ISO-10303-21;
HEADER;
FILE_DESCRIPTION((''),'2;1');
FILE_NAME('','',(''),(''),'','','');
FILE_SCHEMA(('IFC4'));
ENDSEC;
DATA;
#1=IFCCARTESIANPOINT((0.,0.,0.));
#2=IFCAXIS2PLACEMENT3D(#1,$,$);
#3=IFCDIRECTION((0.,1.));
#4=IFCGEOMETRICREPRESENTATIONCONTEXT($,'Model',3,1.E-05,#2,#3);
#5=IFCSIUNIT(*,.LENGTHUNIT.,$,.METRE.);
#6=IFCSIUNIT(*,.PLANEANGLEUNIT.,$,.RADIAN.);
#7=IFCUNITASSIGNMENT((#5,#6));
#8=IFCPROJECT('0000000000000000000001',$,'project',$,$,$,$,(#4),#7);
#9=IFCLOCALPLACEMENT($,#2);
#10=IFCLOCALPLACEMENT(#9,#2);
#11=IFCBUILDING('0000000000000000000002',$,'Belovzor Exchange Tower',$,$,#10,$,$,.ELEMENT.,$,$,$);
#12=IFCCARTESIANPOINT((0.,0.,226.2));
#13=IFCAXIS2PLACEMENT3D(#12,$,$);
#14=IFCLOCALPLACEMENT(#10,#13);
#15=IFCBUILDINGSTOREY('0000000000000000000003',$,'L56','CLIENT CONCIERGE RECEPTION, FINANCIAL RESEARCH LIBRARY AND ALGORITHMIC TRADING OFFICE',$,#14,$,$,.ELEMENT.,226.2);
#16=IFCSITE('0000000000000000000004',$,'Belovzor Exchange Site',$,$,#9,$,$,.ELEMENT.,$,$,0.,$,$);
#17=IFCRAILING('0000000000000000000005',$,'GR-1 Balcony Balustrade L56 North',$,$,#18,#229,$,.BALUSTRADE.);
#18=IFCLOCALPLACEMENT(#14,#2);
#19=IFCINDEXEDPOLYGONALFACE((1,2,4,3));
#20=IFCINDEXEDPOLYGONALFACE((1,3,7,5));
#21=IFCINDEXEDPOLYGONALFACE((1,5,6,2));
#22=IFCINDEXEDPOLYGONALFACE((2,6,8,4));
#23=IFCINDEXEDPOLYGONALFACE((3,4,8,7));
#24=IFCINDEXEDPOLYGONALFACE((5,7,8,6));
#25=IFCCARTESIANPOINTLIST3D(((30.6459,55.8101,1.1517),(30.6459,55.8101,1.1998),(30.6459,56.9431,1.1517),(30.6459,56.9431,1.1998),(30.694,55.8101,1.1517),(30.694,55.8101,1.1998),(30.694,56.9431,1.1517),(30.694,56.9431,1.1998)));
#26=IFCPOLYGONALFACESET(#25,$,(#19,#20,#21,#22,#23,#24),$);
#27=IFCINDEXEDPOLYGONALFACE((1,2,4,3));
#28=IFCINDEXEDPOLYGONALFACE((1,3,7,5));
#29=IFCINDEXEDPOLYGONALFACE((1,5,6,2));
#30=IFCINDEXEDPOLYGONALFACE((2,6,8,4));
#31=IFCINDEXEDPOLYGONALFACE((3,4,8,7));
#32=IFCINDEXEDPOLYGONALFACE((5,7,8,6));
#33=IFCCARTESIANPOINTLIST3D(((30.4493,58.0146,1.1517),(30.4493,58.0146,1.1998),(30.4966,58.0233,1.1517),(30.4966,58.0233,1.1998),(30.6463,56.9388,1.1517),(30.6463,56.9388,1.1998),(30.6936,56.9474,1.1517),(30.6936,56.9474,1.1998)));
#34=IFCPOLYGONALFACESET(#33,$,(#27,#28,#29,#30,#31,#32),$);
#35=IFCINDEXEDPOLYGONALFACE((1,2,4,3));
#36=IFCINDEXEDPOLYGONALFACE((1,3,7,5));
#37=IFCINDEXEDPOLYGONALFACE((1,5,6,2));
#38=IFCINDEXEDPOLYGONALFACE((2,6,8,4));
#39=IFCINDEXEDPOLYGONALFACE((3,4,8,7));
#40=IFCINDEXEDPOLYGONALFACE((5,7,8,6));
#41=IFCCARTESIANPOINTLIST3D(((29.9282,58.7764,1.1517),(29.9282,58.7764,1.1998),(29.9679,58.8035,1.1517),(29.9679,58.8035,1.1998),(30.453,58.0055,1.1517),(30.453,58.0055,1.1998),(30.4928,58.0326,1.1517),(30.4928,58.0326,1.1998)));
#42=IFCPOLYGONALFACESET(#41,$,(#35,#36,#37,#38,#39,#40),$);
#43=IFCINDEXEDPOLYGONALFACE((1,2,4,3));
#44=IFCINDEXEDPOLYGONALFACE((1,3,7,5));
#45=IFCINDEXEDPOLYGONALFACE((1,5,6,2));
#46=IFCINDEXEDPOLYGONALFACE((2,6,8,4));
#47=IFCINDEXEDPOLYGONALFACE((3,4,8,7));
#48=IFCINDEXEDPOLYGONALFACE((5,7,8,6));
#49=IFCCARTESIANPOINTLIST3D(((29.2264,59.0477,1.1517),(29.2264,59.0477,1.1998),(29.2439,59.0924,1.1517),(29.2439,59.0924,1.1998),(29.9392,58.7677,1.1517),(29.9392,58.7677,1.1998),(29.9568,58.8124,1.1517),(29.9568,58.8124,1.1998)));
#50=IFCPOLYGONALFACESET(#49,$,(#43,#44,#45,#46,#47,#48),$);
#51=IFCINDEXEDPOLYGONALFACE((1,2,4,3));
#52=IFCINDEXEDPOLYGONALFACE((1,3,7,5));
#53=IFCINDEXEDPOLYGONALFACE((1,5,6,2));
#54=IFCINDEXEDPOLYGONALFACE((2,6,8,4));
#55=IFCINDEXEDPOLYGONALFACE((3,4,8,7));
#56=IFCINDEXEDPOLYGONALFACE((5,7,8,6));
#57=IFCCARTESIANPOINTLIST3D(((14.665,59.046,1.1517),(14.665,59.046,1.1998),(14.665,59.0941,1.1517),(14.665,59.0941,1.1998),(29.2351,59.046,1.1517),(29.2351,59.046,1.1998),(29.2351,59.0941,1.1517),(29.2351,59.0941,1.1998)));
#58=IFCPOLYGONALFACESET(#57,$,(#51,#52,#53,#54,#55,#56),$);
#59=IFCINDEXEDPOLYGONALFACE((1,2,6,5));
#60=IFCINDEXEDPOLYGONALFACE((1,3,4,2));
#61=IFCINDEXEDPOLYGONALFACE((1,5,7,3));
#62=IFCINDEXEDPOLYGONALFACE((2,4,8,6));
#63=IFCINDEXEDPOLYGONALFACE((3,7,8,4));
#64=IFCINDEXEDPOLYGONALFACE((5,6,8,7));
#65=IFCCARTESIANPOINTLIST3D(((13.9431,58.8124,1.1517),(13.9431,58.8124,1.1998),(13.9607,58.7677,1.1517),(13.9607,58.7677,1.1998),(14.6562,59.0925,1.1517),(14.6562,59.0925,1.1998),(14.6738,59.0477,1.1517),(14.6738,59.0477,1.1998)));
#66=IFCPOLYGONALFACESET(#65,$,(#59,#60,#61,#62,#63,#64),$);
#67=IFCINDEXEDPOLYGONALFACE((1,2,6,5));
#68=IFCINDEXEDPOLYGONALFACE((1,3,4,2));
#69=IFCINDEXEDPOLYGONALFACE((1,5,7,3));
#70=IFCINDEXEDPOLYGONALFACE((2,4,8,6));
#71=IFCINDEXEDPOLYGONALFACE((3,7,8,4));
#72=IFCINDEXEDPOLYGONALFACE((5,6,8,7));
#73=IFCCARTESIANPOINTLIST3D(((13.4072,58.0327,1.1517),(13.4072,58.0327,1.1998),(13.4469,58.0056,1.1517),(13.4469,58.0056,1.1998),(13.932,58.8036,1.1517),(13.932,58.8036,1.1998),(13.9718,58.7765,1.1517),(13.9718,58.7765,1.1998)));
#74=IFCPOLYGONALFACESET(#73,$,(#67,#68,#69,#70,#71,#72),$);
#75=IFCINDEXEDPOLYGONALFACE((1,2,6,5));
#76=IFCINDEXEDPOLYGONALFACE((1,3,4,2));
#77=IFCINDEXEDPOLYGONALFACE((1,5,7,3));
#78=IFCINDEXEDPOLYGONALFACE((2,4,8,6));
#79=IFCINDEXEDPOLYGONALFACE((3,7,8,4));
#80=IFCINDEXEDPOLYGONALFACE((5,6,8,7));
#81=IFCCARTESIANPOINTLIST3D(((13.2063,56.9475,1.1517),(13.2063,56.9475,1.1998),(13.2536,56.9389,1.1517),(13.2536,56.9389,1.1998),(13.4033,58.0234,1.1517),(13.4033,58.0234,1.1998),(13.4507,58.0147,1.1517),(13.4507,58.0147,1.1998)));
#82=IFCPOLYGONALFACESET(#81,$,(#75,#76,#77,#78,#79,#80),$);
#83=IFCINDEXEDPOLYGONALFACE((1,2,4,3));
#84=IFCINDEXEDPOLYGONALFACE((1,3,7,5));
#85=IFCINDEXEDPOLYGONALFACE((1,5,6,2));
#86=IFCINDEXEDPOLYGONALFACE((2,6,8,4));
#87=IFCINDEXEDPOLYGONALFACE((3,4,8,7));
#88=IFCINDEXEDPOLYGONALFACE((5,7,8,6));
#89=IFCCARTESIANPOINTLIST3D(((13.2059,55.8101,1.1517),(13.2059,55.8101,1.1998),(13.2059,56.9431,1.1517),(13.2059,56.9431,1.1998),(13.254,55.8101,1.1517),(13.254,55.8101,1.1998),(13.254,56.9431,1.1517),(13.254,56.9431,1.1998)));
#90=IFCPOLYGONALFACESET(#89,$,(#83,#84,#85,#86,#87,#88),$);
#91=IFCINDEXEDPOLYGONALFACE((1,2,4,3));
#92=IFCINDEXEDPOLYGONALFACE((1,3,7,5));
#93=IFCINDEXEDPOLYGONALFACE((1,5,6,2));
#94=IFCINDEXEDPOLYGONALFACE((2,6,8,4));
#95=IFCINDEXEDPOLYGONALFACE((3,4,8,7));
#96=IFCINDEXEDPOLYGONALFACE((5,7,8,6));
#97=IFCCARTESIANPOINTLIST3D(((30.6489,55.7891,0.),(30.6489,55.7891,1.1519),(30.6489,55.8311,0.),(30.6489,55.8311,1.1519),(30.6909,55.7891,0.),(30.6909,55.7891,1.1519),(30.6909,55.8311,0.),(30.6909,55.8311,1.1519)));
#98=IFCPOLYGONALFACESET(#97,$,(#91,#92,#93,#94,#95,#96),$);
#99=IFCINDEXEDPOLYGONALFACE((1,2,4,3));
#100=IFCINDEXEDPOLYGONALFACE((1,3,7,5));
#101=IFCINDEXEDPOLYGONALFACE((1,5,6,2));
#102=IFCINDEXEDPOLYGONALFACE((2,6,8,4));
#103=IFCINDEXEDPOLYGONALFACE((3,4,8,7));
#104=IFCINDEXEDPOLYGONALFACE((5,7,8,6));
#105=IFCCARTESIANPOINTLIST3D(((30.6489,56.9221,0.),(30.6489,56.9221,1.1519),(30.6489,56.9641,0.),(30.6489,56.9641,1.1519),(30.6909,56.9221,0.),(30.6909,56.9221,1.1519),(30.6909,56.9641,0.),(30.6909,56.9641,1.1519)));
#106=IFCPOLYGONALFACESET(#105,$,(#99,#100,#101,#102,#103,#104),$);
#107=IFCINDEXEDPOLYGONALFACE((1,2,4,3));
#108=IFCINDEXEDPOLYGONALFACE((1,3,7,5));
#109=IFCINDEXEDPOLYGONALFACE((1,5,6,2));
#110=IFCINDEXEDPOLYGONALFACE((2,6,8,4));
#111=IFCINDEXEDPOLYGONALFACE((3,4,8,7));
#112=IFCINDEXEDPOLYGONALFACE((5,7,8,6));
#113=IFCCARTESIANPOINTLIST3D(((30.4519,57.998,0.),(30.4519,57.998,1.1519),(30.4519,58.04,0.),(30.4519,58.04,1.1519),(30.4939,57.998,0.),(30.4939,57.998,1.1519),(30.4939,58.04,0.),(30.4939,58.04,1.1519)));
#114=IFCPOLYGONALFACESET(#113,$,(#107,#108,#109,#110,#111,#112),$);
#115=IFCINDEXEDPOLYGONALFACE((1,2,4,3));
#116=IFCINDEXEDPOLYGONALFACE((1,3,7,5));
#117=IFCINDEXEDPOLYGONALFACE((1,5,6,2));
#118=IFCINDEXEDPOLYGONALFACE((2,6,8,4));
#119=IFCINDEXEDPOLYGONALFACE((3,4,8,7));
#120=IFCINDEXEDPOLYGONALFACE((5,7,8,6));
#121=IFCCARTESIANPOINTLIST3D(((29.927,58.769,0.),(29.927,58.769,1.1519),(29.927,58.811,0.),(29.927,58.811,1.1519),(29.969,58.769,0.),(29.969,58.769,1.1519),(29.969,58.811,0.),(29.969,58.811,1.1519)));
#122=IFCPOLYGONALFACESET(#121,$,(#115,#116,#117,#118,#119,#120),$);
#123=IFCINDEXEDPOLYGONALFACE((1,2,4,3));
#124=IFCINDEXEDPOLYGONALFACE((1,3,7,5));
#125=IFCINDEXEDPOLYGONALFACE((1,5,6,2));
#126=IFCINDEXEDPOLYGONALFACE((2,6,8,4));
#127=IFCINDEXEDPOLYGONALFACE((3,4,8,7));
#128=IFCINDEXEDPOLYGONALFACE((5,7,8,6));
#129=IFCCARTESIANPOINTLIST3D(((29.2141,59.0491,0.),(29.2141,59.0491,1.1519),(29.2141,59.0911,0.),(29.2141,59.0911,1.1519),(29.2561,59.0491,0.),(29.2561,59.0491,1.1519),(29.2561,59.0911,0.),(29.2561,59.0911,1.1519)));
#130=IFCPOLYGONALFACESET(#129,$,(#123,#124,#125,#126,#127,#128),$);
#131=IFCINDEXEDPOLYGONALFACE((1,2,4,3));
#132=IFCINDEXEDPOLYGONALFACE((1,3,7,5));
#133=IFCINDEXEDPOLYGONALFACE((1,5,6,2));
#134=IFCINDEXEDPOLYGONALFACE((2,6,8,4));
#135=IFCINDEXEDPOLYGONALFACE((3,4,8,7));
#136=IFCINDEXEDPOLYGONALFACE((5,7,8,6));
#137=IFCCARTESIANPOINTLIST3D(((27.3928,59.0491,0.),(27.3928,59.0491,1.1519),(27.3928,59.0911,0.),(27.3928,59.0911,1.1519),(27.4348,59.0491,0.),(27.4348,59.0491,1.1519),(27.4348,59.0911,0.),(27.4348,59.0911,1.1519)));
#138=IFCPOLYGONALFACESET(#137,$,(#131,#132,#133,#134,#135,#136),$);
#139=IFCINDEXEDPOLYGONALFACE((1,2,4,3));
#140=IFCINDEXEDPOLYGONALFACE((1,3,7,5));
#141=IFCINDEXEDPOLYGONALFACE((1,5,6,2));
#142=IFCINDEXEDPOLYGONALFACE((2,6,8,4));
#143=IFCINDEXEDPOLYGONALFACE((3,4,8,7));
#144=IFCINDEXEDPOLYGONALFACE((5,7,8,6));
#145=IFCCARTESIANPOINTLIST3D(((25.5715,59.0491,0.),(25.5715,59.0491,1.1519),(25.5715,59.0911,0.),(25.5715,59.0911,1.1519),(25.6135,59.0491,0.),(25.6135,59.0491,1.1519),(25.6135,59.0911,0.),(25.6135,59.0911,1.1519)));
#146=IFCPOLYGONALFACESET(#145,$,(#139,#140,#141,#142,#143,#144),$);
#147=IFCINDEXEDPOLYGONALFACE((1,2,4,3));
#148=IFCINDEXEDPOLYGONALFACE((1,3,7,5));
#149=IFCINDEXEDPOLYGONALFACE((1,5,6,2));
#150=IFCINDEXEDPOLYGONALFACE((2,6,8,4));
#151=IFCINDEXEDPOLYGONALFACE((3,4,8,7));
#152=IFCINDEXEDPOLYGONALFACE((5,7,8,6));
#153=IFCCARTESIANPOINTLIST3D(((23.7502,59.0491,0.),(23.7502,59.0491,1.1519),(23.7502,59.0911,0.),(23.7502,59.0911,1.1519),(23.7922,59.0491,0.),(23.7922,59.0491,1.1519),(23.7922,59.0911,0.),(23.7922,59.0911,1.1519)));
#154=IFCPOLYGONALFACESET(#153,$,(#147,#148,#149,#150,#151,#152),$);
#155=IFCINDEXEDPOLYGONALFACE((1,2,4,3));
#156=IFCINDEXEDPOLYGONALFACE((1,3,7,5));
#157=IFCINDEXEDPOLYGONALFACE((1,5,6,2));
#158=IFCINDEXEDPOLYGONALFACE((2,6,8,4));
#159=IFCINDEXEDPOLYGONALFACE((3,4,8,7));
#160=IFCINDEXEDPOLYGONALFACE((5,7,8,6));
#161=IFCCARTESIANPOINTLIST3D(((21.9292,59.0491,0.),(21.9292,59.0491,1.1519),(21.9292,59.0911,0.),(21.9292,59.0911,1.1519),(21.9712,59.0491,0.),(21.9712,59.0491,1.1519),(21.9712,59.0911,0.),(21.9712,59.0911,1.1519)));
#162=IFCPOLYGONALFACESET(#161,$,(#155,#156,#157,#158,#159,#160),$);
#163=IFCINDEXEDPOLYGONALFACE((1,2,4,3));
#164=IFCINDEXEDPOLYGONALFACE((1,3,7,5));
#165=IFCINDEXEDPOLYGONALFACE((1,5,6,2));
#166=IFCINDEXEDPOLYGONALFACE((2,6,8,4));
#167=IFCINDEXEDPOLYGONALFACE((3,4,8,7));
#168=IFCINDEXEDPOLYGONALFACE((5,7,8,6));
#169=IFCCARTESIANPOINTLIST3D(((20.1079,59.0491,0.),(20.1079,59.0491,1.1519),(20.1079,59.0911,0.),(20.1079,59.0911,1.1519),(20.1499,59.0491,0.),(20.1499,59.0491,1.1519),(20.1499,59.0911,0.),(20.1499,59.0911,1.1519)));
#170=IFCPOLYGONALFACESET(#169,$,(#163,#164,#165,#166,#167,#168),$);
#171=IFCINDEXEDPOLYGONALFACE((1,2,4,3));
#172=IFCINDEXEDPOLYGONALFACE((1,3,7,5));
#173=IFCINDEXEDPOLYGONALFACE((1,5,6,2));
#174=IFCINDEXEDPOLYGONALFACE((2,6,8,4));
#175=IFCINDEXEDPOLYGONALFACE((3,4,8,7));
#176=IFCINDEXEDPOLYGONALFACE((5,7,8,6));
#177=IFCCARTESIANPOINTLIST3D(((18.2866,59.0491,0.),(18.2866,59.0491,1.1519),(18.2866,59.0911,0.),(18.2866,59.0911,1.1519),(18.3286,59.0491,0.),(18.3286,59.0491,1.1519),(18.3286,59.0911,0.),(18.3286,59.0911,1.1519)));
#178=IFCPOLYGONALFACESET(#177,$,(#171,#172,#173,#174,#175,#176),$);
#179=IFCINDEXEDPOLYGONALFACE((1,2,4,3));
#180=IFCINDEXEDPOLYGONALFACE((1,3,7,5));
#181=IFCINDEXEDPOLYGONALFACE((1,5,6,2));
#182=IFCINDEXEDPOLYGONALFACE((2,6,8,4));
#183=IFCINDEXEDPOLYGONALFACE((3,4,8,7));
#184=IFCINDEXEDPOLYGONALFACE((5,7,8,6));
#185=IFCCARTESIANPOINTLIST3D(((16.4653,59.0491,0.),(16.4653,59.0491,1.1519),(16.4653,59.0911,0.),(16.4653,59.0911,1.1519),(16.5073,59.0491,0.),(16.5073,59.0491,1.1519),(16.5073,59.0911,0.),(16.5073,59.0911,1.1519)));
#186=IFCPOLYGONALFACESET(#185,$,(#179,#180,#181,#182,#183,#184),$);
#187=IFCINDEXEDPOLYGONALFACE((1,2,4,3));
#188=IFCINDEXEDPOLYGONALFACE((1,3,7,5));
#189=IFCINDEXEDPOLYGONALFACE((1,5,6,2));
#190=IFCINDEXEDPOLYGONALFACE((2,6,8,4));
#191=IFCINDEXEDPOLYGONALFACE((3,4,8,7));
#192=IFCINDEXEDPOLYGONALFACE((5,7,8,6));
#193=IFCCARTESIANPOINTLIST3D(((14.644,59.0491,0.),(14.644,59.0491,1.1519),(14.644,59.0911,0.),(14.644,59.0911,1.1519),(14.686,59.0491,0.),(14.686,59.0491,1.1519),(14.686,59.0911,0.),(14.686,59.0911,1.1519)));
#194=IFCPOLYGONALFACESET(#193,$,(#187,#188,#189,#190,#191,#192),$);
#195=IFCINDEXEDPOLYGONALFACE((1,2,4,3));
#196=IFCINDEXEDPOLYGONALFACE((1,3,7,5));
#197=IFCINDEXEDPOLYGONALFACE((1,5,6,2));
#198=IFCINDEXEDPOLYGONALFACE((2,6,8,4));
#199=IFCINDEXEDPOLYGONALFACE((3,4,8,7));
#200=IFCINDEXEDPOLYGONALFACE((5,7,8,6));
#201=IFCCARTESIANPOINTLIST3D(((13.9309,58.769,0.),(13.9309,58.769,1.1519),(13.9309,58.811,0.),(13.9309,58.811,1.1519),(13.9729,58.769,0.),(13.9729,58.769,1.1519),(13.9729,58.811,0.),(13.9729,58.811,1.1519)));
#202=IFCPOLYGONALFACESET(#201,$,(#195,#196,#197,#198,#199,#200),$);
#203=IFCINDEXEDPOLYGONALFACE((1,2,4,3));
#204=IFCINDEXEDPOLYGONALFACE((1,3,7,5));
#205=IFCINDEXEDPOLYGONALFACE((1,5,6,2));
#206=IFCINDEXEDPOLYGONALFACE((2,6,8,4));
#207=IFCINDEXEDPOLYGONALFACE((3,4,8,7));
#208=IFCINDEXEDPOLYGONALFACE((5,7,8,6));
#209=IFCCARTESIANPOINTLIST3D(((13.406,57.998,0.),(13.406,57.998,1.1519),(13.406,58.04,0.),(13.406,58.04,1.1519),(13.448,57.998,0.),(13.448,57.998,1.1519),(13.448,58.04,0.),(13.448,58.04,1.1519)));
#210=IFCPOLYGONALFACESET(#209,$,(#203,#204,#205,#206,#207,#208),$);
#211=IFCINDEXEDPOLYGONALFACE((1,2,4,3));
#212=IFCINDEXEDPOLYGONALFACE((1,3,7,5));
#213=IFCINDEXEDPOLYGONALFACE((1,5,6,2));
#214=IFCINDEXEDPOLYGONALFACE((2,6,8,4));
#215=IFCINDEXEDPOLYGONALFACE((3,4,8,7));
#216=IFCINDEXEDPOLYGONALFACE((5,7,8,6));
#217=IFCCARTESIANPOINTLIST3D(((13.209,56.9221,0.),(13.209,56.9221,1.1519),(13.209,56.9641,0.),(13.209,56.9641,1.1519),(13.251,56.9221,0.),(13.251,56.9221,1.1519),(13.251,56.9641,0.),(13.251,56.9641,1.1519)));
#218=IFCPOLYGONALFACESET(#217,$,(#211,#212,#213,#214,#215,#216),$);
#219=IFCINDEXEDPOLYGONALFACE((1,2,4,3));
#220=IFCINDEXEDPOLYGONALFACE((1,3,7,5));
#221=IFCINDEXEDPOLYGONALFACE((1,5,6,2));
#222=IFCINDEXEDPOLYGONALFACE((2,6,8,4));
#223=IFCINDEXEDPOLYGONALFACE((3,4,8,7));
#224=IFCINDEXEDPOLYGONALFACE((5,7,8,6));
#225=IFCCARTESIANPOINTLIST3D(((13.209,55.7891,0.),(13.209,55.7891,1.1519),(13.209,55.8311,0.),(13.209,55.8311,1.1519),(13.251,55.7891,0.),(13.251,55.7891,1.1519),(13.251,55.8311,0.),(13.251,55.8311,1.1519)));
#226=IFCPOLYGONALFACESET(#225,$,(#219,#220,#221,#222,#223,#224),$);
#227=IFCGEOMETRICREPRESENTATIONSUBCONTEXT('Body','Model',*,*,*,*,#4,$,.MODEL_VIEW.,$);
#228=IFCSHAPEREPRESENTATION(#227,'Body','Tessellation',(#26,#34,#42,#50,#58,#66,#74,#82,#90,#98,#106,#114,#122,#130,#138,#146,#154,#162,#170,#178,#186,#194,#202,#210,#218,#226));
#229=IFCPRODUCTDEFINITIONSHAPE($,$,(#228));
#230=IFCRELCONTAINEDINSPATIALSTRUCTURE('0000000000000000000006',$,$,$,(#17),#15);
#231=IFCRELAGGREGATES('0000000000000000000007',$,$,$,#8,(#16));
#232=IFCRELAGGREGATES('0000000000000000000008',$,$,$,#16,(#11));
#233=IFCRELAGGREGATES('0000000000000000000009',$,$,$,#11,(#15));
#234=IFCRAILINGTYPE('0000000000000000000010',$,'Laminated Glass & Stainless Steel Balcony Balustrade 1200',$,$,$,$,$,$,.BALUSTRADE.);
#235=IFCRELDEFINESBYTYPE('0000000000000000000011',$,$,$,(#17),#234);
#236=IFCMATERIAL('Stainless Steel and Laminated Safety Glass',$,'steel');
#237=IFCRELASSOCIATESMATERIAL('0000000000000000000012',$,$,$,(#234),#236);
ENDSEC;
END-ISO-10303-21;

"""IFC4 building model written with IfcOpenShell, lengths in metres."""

from ifc_helpers import new_model, si_unit, direction, frame, origin, origin_2d, place, context, subcontext, project, spatial, rectangle, extrude, material, type_object, element, save


model = new_model("IFC4")

# Units and contexts
model_context = context("Model", 3, precision=1e-05, world=origin(), true_north=direction((0.0, 1.0)))
body_context = subcontext(model_context, "Body", "Model", "MODEL_VIEW")
ifc_project = project(units=[si_unit("LENGTHUNIT", "METRE"), si_unit("PLANEANGLEUNIT", "RADIAN")], contexts=[model_context])

# Site, building, storey
site_placement = place(None, origin())
site = spatial("IfcSite", under=ifc_project, at=site_placement, Name="Belovzor Exchange Site", CompositionType="ELEMENT", RefElevation=0.0)
building_placement = place(site_placement, origin())
building = spatial("IfcBuilding", under=site, at=building_placement, Name="Belovzor Exchange Tower", CompositionType="ELEMENT")
storey_placement = place(building_placement, frame((0.0, 0.0, 226.2)))
storey = spatial("IfcBuildingStorey", under=building, at=storey_placement, Name="L56", Description="CLIENT CONCIERGE RECEPTION, FINANCIAL RESEARCH LIBRARY AND ALGORITHMIC TRADING OFFICE", CompositionType="ELEMENT", Elevation=226.2)

# Railing
ifc_material_1 = material(Name="Stainless Steel and Laminated Safety Glass", Category="steel")
railing_type = type_object("IfcRailingType", Name="Laminated Glass & Stainless Steel Balcony Balustrade 1200", PredefinedType="BALUSTRADE", material=ifc_material_1)
railing_placement = place(storey_placement, frame((30.6699, 55.8101, 0.0)))
element("IfcRailing", 1, at=railing_placement, inside=storey, type_object=railing_type, Name="GR-1 Balcony Balustrade L56 North", PredefinedType="BALUSTRADE", context=body_context, shape_type="SweptSolid", body=[
    extrude(rectangle(XDim=0.0481, YDim=0.0481, at=origin_2d()), frame((0.0, 0.0, 1.1758), z_axis=(0.0, 1.0, 0.0), x_axis=(-1.0, 0.0, 0.0)), (0.0, 0.0, 1.0), 1.1331),
    extrude(rectangle(XDim=0.0481, YDim=0.0481, at=origin_2d()), frame((0.0, 1.1331, 1.1758), z_axis=(-0.180123, 0.983644, 0.0), x_axis=(-0.983644, -0.180123, 0.0)), (0.0, 0.0, 1.0), 1.0938),
    extrude(rectangle(XDim=0.0481, YDim=0.0481, at=origin_2d()), frame((-0.197, 2.209, 1.1758), z_axis=(-0.562768, 0.826615, 0.0), x_axis=(-0.826615, -0.562768, 0.0)), (0.0, 0.0, 1.0), 0.9326),
    extrude(rectangle(XDim=0.0481, YDim=0.0481, at=origin_2d()), frame((-0.7219, 2.98, 1.1758), z_axis=(-0.930767, 0.365613, 0.0), x_axis=(-0.365613, -0.930767, 0.0)), (0.0, 0.0, 1.0), 0.7659),
    extrude(rectangle(XDim=0.0481, YDim=0.0481, at=origin_2d()), frame((-1.4348, 3.26, 1.1758), z_axis=(-1.0, 0.0, 0.0), x_axis=(0.0, -1.0, 0.0)), (0.0, 0.0, 1.0), 14.5701),
    extrude(rectangle(XDim=0.0481, YDim=0.0481, at=origin_2d()), frame((-16.0049, 3.26, 1.1758), z_axis=(-0.93081, -0.365504, 0.0), x_axis=(0.365504, -0.93081, 0.0)), (0.0, 0.0, 1.0), 0.7661),
    extrude(rectangle(XDim=0.0481, YDim=0.0481, at=origin_2d()), frame((-16.718, 2.98, 1.1758), z_axis=(-0.562768, -0.826615, 0.0), x_axis=(0.826615, -0.562768, 0.0)), (0.0, 0.0, 1.0), 0.9326),
    extrude(rectangle(XDim=0.0481, YDim=0.0481, at=origin_2d()), frame((-17.2429, 2.209, 1.1758), z_axis=(-0.180123, -0.983644, 0.0), x_axis=(0.983644, -0.180123, 0.0)), (0.0, 0.0, 1.0), 1.0938),
    extrude(rectangle(XDim=0.0481, YDim=0.0481, at=origin_2d()), frame((-17.4399, 1.1331, 1.1758), z_axis=(0.0, -1.0, 0.0), x_axis=(1.0, 0.0, 0.0)), (0.0, 0.0, 1.0), 1.1331),
    extrude(rectangle(XDim=0.042, YDim=0.042, at=origin_2d()), origin(), (0.0, 0.0, 1.0), 1.1519),
    extrude(rectangle(XDim=0.042, YDim=0.042, at=origin_2d()), frame((0.0, 1.1331, 0.0)), (0.0, 0.0, 1.0), 1.1519),
    extrude(rectangle(XDim=0.042, YDim=0.042, at=origin_2d()), frame((-0.197, 2.209, 0.0)), (0.0, 0.0, 1.0), 1.1519),
    extrude(rectangle(XDim=0.042, YDim=0.042, at=origin_2d()), frame((-0.7219, 2.98, 0.0)), (0.0, 0.0, 1.0), 1.1519),
    extrude(rectangle(XDim=0.042, YDim=0.042, at=origin_2d()), frame((-1.4348, 3.26, 0.0)), (0.0, 0.0, 1.0), 1.1519),
    extrude(rectangle(XDim=0.042, YDim=0.042, at=origin_2d()), frame((-3.2561, 3.26, 0.0)), (0.0, 0.0, 1.0), 1.1519),
    extrude(rectangle(XDim=0.042, YDim=0.042, at=origin_2d()), frame((-5.0774, 3.26, 0.0)), (0.0, 0.0, 1.0), 1.1519),
    extrude(rectangle(XDim=0.042, YDim=0.042, at=origin_2d()), frame((-6.8987, 3.26, 0.0)), (0.0, 0.0, 1.0), 1.1519),
    extrude(rectangle(XDim=0.042, YDim=0.042, at=origin_2d()), frame((-8.7197, 3.26, 0.0)), (0.0, 0.0, 1.0), 1.1519),
    extrude(rectangle(XDim=0.042, YDim=0.042, at=origin_2d()), frame((-10.541, 3.26, 0.0)), (0.0, 0.0, 1.0), 1.1519),
    extrude(rectangle(XDim=0.042, YDim=0.042, at=origin_2d()), frame((-12.3623, 3.26, 0.0)), (0.0, 0.0, 1.0), 1.1519),
    extrude(rectangle(XDim=0.042, YDim=0.042, at=origin_2d()), frame((-14.1836, 3.26, 0.0)), (0.0, 0.0, 1.0), 1.1519),
    extrude(rectangle(XDim=0.042, YDim=0.042, at=origin_2d()), frame((-16.0049, 3.26, 0.0)), (0.0, 0.0, 1.0), 1.1519),
    extrude(rectangle(XDim=0.042, YDim=0.042, at=origin_2d()), frame((-16.718, 2.98, 0.0)), (0.0, 0.0, 1.0), 1.1519),
    extrude(rectangle(XDim=0.042, YDim=0.042, at=origin_2d()), frame((-17.2429, 2.209, 0.0)), (0.0, 0.0, 1.0), 1.1519),
    extrude(rectangle(XDim=0.042, YDim=0.042, at=origin_2d()), frame((-17.4399, 1.1331, 0.0)), (0.0, 0.0, 1.0), 1.1519),
    extrude(rectangle(XDim=0.042, YDim=0.042, at=origin_2d()), frame((-17.4399, 0.0, 0.0)), (0.0, 0.0, 1.0), 1.1519),
])

save(model, "model.ifc")
